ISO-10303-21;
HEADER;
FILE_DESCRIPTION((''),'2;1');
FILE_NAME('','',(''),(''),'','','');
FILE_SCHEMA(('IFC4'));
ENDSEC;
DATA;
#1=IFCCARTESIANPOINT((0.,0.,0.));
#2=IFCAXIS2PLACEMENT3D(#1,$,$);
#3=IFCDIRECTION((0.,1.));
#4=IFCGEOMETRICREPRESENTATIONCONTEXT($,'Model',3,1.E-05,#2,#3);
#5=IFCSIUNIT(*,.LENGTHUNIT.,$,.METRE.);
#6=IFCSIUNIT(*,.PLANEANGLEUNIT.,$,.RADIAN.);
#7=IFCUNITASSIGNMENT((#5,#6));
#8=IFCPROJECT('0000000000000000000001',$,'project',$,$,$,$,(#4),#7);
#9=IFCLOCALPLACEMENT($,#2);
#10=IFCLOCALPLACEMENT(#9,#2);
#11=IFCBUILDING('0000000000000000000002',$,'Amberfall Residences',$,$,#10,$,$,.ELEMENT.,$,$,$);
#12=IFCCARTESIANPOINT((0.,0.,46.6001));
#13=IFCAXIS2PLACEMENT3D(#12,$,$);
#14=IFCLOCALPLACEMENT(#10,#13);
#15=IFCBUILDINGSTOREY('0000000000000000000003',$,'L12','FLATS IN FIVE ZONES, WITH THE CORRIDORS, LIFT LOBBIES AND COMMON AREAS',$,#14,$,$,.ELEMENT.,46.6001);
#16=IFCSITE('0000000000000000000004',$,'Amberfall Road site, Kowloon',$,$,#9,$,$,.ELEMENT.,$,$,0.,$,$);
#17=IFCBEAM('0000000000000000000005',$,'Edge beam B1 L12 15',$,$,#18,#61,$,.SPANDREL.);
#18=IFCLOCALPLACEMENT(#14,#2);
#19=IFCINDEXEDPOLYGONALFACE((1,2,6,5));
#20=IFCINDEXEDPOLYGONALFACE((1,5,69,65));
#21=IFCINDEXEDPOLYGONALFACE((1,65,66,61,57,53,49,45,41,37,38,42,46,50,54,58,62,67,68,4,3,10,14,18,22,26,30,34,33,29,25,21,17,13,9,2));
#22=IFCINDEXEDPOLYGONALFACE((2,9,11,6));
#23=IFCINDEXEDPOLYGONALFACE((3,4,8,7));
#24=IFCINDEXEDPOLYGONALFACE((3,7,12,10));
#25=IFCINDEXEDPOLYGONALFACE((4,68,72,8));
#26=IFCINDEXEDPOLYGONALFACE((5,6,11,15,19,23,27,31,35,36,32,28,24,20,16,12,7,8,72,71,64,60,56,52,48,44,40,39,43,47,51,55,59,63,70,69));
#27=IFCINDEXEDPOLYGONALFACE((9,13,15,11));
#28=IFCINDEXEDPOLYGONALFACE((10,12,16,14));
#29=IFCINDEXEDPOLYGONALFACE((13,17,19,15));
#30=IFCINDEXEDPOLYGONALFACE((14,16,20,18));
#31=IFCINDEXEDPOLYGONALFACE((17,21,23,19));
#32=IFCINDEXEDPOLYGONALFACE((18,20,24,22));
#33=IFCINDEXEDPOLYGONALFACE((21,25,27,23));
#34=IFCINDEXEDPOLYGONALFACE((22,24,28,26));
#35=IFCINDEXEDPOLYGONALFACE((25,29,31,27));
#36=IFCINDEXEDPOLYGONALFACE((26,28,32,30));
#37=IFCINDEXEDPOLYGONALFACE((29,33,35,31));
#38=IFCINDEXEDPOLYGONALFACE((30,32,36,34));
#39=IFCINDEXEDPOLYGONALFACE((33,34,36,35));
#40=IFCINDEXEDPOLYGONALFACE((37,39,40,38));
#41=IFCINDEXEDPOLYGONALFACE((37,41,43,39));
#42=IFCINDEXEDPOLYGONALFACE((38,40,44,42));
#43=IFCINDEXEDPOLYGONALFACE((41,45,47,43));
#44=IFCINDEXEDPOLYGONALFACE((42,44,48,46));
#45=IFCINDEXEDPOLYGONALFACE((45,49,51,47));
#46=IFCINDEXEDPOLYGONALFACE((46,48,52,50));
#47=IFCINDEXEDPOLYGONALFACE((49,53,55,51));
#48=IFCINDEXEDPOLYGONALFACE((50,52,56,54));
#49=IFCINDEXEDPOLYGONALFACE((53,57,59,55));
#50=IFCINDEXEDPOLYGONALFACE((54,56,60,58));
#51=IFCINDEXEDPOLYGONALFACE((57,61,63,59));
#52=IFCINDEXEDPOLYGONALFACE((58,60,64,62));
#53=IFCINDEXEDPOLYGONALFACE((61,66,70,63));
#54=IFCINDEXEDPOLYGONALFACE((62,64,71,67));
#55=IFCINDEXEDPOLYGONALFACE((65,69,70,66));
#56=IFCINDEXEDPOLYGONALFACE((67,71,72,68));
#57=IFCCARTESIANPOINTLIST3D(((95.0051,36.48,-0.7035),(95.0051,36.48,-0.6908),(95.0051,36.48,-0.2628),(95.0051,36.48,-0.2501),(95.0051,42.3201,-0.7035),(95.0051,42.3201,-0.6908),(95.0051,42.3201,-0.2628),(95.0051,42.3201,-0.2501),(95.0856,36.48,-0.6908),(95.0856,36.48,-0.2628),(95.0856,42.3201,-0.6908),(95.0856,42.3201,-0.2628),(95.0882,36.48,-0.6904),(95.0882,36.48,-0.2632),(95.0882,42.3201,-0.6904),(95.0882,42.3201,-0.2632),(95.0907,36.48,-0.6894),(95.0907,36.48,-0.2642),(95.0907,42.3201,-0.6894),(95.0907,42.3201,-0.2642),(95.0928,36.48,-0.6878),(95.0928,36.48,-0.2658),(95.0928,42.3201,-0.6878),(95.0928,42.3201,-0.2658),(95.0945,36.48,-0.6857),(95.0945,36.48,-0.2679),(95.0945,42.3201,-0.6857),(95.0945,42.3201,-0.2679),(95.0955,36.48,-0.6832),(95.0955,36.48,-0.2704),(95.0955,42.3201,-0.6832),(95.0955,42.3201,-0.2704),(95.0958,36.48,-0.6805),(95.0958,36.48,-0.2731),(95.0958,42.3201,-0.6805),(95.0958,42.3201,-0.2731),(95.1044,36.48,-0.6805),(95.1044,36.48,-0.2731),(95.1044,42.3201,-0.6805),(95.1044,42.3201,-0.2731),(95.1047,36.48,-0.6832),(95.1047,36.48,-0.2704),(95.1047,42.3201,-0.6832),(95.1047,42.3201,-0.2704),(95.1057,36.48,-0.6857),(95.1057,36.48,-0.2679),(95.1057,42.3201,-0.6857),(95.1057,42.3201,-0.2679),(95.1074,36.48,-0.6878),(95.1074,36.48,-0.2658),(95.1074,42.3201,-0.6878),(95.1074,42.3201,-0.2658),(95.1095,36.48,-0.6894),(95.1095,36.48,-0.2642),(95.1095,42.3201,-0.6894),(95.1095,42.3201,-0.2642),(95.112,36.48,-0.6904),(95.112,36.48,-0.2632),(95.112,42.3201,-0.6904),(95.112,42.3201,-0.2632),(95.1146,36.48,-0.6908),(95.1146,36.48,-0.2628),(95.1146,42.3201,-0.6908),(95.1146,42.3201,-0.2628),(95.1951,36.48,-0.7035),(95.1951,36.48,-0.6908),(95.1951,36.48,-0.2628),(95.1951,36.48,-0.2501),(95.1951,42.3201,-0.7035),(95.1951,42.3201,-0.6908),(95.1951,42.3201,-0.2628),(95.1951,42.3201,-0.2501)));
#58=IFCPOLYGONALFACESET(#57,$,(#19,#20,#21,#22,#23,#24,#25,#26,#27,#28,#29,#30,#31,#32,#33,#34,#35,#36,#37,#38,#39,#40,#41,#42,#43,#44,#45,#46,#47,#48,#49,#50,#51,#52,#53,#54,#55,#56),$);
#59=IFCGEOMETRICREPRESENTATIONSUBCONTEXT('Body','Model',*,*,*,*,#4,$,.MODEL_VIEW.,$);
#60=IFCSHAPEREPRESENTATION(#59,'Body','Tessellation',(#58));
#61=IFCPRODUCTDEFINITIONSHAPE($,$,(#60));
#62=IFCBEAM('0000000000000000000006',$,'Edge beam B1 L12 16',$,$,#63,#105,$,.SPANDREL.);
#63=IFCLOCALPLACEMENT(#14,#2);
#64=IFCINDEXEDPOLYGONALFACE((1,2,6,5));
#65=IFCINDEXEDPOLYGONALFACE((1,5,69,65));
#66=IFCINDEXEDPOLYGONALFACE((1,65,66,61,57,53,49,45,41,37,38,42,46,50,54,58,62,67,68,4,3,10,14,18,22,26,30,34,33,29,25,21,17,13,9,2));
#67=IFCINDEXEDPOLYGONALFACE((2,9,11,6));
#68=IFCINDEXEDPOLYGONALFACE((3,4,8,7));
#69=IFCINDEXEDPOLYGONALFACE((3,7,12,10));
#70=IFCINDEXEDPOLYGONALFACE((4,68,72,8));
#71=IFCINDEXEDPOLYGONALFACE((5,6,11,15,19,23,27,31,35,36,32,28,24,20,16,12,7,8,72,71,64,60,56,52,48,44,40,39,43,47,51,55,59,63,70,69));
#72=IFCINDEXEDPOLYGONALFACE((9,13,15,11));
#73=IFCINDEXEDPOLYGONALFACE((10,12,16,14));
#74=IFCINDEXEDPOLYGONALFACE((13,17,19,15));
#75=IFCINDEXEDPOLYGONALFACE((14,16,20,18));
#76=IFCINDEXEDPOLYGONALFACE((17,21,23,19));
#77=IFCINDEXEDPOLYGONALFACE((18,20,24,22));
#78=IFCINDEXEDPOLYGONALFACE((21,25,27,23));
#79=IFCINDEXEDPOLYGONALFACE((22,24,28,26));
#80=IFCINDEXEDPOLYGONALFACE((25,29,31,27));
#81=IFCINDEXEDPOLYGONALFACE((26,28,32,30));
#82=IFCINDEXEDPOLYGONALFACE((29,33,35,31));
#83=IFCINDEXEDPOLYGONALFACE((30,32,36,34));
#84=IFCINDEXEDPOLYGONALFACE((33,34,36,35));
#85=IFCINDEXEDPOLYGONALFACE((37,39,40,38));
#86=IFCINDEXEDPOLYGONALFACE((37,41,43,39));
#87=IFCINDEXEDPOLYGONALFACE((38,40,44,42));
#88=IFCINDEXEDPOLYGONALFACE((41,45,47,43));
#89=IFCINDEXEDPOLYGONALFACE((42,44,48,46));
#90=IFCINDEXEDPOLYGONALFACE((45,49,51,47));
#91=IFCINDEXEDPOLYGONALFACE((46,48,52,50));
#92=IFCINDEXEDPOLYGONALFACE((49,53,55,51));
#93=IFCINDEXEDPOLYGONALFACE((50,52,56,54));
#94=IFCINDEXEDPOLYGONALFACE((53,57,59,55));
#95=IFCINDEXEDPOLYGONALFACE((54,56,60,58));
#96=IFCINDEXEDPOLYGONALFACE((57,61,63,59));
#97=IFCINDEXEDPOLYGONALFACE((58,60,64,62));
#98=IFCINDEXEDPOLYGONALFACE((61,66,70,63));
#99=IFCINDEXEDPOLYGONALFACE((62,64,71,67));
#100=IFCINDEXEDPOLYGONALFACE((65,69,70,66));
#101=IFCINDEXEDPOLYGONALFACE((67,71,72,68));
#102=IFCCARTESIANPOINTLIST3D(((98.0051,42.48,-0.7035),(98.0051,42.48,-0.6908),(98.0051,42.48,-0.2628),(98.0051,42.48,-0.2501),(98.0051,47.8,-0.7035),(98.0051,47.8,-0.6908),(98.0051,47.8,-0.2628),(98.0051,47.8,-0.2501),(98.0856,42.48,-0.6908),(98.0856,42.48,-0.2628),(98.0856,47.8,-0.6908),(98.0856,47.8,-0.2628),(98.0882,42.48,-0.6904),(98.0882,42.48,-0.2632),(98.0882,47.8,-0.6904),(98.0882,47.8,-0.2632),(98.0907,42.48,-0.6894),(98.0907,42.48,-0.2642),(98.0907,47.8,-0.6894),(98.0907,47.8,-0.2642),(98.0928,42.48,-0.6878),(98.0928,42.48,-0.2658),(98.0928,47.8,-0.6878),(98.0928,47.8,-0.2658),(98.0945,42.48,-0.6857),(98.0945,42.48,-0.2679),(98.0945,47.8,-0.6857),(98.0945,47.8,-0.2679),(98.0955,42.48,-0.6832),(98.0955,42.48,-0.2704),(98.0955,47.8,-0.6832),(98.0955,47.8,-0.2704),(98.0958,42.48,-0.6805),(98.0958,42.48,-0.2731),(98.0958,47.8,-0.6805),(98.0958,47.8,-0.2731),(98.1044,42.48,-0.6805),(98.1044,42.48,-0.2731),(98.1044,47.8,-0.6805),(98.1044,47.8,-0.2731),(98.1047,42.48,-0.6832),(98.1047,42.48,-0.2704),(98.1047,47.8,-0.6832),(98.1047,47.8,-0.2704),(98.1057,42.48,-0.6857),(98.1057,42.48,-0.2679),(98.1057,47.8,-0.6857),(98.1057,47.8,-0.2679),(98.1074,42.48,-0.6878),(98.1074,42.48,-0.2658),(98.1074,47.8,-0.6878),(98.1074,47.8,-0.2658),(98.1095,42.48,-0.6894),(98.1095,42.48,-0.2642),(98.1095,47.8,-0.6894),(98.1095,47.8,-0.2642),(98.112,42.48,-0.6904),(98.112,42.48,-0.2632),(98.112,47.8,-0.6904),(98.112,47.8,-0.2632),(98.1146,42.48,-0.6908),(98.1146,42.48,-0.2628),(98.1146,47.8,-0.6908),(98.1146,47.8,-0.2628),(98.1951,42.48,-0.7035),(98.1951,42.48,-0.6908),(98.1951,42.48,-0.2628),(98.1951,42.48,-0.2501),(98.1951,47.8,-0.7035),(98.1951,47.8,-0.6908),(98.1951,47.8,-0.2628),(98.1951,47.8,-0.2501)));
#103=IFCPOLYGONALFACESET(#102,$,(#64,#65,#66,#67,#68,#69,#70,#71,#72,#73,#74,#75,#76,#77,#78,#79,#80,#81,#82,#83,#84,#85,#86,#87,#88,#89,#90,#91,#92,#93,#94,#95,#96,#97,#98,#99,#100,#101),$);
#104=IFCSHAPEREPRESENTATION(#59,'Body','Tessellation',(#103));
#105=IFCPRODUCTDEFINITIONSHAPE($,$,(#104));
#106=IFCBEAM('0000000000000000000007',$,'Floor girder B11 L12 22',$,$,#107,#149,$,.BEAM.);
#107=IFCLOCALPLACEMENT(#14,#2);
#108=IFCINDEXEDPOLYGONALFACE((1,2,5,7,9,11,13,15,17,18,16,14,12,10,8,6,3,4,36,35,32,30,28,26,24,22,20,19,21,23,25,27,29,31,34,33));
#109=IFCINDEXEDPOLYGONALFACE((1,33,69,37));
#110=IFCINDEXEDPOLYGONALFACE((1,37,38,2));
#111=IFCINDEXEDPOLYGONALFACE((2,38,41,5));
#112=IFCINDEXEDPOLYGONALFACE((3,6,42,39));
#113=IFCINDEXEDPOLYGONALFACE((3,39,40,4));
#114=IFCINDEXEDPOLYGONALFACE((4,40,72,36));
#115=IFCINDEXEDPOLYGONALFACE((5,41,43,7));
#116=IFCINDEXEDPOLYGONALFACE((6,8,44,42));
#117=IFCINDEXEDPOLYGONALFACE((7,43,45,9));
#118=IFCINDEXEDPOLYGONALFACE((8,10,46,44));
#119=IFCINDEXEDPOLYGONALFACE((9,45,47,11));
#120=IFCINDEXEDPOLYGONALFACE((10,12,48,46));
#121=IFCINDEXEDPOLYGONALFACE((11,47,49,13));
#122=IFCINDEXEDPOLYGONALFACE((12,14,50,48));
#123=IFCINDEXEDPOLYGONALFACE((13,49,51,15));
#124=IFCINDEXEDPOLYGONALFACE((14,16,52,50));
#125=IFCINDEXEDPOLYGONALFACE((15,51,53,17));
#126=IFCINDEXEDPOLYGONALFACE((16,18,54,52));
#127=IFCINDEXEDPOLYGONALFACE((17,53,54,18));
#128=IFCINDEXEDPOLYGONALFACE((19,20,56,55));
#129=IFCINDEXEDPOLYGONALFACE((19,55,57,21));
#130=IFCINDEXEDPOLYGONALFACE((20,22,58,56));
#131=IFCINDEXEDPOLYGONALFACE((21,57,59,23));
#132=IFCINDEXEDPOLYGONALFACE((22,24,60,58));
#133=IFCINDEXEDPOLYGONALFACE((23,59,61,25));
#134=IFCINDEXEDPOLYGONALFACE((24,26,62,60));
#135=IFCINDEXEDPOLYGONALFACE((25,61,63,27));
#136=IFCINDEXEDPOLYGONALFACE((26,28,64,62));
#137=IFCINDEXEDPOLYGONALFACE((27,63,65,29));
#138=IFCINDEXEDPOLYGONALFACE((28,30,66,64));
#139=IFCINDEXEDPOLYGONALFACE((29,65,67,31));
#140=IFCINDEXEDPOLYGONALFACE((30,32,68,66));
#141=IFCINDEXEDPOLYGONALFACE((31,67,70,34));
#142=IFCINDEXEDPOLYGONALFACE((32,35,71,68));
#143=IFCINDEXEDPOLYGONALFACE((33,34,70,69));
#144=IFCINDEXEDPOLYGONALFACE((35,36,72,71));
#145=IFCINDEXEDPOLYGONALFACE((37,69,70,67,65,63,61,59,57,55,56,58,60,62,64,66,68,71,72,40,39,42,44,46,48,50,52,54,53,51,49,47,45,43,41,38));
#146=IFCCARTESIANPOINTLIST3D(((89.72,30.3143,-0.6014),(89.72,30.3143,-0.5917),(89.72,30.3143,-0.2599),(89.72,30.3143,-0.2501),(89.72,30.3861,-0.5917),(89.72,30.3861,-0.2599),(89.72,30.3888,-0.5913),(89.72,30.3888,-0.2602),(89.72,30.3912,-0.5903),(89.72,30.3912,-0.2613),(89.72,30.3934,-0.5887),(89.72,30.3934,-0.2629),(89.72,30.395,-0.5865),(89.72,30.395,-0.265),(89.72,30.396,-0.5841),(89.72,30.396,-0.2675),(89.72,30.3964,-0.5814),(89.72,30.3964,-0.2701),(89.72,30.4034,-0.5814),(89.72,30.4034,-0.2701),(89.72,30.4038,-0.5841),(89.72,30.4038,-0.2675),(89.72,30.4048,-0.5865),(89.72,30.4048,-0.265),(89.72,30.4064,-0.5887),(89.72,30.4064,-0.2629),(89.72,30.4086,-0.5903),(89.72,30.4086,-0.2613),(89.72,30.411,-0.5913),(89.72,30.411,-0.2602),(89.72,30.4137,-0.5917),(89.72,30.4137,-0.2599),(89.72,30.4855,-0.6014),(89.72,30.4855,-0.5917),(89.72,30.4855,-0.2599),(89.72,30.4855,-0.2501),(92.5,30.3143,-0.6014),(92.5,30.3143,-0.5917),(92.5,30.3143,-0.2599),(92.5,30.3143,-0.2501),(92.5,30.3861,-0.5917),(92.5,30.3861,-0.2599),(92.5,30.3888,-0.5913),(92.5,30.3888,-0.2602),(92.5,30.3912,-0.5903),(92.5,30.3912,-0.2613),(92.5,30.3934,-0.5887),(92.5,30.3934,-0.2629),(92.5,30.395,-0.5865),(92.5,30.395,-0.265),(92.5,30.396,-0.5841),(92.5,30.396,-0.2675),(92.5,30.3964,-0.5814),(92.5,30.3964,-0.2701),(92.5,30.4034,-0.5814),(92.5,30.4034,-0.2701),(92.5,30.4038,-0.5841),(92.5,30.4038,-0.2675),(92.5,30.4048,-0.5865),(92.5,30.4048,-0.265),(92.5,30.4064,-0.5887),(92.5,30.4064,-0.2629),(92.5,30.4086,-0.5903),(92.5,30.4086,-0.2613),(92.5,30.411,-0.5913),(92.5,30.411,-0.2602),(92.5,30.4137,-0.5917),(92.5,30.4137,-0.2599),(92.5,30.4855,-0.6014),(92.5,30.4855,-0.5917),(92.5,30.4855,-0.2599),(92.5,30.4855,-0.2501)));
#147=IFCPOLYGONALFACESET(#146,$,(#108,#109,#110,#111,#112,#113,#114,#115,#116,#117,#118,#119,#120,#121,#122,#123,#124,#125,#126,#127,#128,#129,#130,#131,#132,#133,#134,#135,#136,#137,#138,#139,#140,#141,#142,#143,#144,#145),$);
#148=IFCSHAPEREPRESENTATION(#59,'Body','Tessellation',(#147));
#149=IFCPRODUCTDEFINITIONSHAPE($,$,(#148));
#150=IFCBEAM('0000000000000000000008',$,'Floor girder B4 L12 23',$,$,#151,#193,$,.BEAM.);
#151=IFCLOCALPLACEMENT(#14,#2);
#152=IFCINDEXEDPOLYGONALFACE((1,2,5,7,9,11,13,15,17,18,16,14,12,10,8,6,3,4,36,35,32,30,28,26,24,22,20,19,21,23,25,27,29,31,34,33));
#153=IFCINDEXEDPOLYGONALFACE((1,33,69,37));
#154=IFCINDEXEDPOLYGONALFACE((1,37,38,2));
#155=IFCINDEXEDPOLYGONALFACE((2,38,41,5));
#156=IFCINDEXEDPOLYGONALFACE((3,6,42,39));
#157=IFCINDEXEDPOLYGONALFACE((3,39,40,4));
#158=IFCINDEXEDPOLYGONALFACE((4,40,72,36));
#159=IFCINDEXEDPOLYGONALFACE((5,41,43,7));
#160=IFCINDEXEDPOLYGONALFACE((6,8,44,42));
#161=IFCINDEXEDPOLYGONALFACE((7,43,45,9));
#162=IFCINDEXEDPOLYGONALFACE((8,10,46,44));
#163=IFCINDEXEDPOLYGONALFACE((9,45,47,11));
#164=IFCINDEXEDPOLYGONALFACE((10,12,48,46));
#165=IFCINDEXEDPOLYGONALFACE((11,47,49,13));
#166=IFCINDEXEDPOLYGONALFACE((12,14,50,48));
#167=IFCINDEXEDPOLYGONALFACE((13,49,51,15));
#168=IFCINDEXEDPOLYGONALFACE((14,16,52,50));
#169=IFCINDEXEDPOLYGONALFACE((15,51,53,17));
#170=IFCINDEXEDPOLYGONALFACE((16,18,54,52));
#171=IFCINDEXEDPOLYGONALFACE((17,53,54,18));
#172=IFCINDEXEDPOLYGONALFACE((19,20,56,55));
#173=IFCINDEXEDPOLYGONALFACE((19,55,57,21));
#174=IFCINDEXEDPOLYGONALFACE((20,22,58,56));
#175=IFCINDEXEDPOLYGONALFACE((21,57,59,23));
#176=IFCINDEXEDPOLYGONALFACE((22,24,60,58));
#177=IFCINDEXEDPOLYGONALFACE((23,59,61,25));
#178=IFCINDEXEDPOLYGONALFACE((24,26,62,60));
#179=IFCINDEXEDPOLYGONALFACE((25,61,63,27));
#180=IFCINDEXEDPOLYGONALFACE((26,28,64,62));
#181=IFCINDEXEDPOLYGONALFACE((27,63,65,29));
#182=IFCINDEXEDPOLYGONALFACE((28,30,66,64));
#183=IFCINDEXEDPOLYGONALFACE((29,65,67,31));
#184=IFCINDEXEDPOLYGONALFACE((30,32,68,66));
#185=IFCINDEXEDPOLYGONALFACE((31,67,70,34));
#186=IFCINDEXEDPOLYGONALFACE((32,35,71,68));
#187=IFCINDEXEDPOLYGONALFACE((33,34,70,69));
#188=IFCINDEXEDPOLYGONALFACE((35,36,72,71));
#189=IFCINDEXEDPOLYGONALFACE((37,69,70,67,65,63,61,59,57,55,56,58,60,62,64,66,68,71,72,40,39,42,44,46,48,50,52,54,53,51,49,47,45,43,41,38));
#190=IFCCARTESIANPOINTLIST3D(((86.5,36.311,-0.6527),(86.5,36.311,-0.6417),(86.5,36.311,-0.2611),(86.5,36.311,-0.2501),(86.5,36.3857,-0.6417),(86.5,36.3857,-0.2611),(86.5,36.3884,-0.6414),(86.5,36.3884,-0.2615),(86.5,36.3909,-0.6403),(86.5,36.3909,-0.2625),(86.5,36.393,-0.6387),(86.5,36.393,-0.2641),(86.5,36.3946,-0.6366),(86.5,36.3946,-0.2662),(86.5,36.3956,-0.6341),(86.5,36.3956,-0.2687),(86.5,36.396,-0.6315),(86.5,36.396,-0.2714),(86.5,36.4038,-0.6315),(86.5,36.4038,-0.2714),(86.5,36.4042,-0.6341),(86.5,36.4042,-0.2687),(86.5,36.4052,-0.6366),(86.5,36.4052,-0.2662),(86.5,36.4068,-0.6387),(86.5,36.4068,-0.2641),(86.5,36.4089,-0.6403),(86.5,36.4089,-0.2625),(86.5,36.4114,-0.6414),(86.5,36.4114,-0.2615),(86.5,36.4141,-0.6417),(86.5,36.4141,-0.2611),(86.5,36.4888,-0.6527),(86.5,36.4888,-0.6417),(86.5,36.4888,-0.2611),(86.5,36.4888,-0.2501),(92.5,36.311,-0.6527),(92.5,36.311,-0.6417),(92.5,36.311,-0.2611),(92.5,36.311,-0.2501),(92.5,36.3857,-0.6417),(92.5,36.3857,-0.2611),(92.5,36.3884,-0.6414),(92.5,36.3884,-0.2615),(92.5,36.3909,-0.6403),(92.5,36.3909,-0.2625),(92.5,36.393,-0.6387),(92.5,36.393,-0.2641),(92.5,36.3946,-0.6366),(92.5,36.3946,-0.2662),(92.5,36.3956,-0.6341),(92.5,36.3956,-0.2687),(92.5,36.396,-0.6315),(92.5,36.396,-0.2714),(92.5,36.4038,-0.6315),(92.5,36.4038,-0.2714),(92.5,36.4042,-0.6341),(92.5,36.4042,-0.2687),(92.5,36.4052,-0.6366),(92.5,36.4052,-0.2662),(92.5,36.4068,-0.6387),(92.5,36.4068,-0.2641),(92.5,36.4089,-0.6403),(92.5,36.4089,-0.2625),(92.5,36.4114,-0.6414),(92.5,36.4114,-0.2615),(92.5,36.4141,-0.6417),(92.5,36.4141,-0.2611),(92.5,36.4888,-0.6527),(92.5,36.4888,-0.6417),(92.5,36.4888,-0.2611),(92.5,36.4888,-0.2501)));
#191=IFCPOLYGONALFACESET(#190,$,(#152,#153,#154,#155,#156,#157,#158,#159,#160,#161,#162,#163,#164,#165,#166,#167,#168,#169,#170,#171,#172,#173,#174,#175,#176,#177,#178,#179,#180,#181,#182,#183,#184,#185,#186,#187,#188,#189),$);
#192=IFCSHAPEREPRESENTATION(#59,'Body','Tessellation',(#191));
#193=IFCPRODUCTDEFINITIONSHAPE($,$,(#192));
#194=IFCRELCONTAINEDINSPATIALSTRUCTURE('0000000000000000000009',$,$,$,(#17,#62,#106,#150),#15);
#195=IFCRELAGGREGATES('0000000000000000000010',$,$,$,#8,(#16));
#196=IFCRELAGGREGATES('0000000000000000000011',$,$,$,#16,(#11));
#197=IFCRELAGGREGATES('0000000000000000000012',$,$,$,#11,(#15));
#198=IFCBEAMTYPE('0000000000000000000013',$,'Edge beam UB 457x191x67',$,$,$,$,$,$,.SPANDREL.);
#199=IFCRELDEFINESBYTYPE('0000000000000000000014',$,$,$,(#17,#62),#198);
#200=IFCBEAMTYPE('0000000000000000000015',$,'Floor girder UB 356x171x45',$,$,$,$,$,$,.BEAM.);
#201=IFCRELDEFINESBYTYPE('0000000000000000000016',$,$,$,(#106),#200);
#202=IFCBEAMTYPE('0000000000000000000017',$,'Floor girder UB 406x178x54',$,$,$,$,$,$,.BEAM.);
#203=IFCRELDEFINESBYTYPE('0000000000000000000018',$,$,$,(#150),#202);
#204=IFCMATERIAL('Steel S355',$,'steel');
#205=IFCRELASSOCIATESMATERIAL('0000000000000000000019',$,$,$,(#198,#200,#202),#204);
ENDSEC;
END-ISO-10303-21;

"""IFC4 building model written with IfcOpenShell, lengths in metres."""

from ifc_helpers import new_model, si_unit, direction, frame, origin, origin_2d, place, context, subcontext, project, spatial, i_section, extrude, material, material_profile, profile_set, type_object, element, save


model = new_model("IFC4")

# Units and contexts
model_context = context("Model", 3, precision=1e-05, world=origin(), true_north=direction((0.0, 1.0)))
body_context = subcontext(model_context, "Body", "Model", "MODEL_VIEW")
ifc_project = project(units=[si_unit("LENGTHUNIT", "METRE"), si_unit("PLANEANGLEUNIT", "RADIAN")], contexts=[model_context])

# Site, building, storey
site_placement = place(None, origin())
site = spatial("IfcSite", under=ifc_project, at=site_placement, Name="Amberfall Road site, Kowloon", CompositionType="ELEMENT", RefElevation=0.0)
building_placement = place(site_placement, origin())
building = spatial("IfcBuilding", under=site, at=building_placement, Name="Amberfall Residences", CompositionType="ELEMENT")
storey_placement = place(building_placement, frame((0.0, 0.0, 46.6001)))
storey = spatial("IfcBuildingStorey", under=building, at=storey_placement, Name="L12", Description="FLATS IN FIVE ZONES, WITH THE CORRIDORS, LIFT LOBBIES AND COMMON AREAS", CompositionType="ELEMENT", Elevation=46.6001)

# Beams
ifc_material_1 = material(Name="Steel S355", Category="steel")
ifc_material_profile_1 = material_profile(ifc_material_1, i_section(OverallWidth=0.1899, OverallDepth=0.4534, WebThickness=0.0085, FlangeThickness=0.0127, FilletRadius=0.0103, at=origin_2d()), Name="UB 457x191x67")
ifc_profile_set_1 = profile_set([ifc_material_profile_1], Name="Steel S355")
beam_type_1 = type_object("IfcBeamType", Name="Edge beam UB 457x191x67", PredefinedType="SPANDREL", material=ifc_profile_set_1)
beam_1_placement = place(storey_placement, frame((95.1001, 36.48, -0.4768), z_axis=(0.0, 1.0, 0.0), x_axis=(-1.0, 0.0, 0.0)))
element("IfcBeam", 1, at=beam_1_placement, inside=storey, type_object=beam_type_1, Name="Edge beam B1 L12 15", PredefinedType="SPANDREL", context=body_context, shape_type="SweptSolid", body=[
    extrude(i_section(OverallWidth=0.1899, OverallDepth=0.4534, WebThickness=0.0085, FlangeThickness=0.0127, FilletRadius=0.0103, at=origin_2d()), origin(), (0.0, 0.0, 1.0), 5.8401),
])
beam_2_placement = place(storey_placement, frame((98.1001, 42.48, -0.4768), z_axis=(0.0, 1.0, 0.0), x_axis=(-1.0, 0.0, 0.0)))
element("IfcBeam", 2, at=beam_2_placement, inside=storey, type_object=beam_type_1, Name="Edge beam B1 L12 16", PredefinedType="SPANDREL", context=body_context, shape_type="SweptSolid", body=[
    extrude(i_section(OverallWidth=0.1899, OverallDepth=0.4534, WebThickness=0.0085, FlangeThickness=0.0127, FilletRadius=0.0103, at=origin_2d()), origin(), (0.0, 0.0, 1.0), 5.3201),
])
ifc_material_profile_2 = material_profile(ifc_material_1, i_section(OverallWidth=0.1711, OverallDepth=0.3513, WebThickness=0.0071, FlangeThickness=0.0098, FilletRadius=0.0103, at=origin_2d()), Name="UB 356x171x45")
ifc_profile_set_2 = profile_set([ifc_material_profile_2], Name="Steel S355")
beam_type_2 = type_object("IfcBeamType", Name="Floor girder UB 356x171x45", PredefinedType="BEAM", material=ifc_profile_set_2)
beam_3_placement = place(storey_placement, frame((92.5, 30.3999, -0.4258), z_axis=(-1.0, 0.0, 0.0), x_axis=(0.0, -1.0, 0.0)))
element("IfcBeam", 3, at=beam_3_placement, inside=storey, type_object=beam_type_2, Name="Floor girder B11 L12 22", PredefinedType="BEAM", context=body_context, shape_type="SweptSolid", body=[
    extrude(i_section(OverallWidth=0.1711, OverallDepth=0.3513, WebThickness=0.0071, FlangeThickness=0.0098, FilletRadius=0.0103, at=origin_2d()), origin(), (0.0, 0.0, 1.0), 2.78),
])
ifc_material_profile_3 = material_profile(ifc_material_1, i_section(OverallWidth=0.1777, OverallDepth=0.4026, WebThickness=0.0078, FlangeThickness=0.011, FilletRadius=0.0103, at=origin_2d()), Name="UB 406x178x54")
ifc_profile_set_3 = profile_set([ifc_material_profile_3], Name="Steel S355")
beam_type_3 = type_object("IfcBeamType", Name="Floor girder UB 406x178x54", PredefinedType="BEAM", material=ifc_profile_set_3)
beam_4_placement = place(storey_placement, frame((92.5, 36.3999, -0.4514), z_axis=(-1.0, 0.0, 0.0), x_axis=(0.0, -1.0, 0.0)))
element("IfcBeam", 4, at=beam_4_placement, inside=storey, type_object=beam_type_3, Name="Floor girder B4 L12 23", PredefinedType="BEAM", context=body_context, shape_type="SweptSolid", body=[
    extrude(i_section(OverallWidth=0.1777, OverallDepth=0.4026, WebThickness=0.0078, FlangeThickness=0.011, FilletRadius=0.0103, at=origin_2d()), origin(), (0.0, 0.0, 1.0), 6.0),
])

save(model, "model.ifc")
